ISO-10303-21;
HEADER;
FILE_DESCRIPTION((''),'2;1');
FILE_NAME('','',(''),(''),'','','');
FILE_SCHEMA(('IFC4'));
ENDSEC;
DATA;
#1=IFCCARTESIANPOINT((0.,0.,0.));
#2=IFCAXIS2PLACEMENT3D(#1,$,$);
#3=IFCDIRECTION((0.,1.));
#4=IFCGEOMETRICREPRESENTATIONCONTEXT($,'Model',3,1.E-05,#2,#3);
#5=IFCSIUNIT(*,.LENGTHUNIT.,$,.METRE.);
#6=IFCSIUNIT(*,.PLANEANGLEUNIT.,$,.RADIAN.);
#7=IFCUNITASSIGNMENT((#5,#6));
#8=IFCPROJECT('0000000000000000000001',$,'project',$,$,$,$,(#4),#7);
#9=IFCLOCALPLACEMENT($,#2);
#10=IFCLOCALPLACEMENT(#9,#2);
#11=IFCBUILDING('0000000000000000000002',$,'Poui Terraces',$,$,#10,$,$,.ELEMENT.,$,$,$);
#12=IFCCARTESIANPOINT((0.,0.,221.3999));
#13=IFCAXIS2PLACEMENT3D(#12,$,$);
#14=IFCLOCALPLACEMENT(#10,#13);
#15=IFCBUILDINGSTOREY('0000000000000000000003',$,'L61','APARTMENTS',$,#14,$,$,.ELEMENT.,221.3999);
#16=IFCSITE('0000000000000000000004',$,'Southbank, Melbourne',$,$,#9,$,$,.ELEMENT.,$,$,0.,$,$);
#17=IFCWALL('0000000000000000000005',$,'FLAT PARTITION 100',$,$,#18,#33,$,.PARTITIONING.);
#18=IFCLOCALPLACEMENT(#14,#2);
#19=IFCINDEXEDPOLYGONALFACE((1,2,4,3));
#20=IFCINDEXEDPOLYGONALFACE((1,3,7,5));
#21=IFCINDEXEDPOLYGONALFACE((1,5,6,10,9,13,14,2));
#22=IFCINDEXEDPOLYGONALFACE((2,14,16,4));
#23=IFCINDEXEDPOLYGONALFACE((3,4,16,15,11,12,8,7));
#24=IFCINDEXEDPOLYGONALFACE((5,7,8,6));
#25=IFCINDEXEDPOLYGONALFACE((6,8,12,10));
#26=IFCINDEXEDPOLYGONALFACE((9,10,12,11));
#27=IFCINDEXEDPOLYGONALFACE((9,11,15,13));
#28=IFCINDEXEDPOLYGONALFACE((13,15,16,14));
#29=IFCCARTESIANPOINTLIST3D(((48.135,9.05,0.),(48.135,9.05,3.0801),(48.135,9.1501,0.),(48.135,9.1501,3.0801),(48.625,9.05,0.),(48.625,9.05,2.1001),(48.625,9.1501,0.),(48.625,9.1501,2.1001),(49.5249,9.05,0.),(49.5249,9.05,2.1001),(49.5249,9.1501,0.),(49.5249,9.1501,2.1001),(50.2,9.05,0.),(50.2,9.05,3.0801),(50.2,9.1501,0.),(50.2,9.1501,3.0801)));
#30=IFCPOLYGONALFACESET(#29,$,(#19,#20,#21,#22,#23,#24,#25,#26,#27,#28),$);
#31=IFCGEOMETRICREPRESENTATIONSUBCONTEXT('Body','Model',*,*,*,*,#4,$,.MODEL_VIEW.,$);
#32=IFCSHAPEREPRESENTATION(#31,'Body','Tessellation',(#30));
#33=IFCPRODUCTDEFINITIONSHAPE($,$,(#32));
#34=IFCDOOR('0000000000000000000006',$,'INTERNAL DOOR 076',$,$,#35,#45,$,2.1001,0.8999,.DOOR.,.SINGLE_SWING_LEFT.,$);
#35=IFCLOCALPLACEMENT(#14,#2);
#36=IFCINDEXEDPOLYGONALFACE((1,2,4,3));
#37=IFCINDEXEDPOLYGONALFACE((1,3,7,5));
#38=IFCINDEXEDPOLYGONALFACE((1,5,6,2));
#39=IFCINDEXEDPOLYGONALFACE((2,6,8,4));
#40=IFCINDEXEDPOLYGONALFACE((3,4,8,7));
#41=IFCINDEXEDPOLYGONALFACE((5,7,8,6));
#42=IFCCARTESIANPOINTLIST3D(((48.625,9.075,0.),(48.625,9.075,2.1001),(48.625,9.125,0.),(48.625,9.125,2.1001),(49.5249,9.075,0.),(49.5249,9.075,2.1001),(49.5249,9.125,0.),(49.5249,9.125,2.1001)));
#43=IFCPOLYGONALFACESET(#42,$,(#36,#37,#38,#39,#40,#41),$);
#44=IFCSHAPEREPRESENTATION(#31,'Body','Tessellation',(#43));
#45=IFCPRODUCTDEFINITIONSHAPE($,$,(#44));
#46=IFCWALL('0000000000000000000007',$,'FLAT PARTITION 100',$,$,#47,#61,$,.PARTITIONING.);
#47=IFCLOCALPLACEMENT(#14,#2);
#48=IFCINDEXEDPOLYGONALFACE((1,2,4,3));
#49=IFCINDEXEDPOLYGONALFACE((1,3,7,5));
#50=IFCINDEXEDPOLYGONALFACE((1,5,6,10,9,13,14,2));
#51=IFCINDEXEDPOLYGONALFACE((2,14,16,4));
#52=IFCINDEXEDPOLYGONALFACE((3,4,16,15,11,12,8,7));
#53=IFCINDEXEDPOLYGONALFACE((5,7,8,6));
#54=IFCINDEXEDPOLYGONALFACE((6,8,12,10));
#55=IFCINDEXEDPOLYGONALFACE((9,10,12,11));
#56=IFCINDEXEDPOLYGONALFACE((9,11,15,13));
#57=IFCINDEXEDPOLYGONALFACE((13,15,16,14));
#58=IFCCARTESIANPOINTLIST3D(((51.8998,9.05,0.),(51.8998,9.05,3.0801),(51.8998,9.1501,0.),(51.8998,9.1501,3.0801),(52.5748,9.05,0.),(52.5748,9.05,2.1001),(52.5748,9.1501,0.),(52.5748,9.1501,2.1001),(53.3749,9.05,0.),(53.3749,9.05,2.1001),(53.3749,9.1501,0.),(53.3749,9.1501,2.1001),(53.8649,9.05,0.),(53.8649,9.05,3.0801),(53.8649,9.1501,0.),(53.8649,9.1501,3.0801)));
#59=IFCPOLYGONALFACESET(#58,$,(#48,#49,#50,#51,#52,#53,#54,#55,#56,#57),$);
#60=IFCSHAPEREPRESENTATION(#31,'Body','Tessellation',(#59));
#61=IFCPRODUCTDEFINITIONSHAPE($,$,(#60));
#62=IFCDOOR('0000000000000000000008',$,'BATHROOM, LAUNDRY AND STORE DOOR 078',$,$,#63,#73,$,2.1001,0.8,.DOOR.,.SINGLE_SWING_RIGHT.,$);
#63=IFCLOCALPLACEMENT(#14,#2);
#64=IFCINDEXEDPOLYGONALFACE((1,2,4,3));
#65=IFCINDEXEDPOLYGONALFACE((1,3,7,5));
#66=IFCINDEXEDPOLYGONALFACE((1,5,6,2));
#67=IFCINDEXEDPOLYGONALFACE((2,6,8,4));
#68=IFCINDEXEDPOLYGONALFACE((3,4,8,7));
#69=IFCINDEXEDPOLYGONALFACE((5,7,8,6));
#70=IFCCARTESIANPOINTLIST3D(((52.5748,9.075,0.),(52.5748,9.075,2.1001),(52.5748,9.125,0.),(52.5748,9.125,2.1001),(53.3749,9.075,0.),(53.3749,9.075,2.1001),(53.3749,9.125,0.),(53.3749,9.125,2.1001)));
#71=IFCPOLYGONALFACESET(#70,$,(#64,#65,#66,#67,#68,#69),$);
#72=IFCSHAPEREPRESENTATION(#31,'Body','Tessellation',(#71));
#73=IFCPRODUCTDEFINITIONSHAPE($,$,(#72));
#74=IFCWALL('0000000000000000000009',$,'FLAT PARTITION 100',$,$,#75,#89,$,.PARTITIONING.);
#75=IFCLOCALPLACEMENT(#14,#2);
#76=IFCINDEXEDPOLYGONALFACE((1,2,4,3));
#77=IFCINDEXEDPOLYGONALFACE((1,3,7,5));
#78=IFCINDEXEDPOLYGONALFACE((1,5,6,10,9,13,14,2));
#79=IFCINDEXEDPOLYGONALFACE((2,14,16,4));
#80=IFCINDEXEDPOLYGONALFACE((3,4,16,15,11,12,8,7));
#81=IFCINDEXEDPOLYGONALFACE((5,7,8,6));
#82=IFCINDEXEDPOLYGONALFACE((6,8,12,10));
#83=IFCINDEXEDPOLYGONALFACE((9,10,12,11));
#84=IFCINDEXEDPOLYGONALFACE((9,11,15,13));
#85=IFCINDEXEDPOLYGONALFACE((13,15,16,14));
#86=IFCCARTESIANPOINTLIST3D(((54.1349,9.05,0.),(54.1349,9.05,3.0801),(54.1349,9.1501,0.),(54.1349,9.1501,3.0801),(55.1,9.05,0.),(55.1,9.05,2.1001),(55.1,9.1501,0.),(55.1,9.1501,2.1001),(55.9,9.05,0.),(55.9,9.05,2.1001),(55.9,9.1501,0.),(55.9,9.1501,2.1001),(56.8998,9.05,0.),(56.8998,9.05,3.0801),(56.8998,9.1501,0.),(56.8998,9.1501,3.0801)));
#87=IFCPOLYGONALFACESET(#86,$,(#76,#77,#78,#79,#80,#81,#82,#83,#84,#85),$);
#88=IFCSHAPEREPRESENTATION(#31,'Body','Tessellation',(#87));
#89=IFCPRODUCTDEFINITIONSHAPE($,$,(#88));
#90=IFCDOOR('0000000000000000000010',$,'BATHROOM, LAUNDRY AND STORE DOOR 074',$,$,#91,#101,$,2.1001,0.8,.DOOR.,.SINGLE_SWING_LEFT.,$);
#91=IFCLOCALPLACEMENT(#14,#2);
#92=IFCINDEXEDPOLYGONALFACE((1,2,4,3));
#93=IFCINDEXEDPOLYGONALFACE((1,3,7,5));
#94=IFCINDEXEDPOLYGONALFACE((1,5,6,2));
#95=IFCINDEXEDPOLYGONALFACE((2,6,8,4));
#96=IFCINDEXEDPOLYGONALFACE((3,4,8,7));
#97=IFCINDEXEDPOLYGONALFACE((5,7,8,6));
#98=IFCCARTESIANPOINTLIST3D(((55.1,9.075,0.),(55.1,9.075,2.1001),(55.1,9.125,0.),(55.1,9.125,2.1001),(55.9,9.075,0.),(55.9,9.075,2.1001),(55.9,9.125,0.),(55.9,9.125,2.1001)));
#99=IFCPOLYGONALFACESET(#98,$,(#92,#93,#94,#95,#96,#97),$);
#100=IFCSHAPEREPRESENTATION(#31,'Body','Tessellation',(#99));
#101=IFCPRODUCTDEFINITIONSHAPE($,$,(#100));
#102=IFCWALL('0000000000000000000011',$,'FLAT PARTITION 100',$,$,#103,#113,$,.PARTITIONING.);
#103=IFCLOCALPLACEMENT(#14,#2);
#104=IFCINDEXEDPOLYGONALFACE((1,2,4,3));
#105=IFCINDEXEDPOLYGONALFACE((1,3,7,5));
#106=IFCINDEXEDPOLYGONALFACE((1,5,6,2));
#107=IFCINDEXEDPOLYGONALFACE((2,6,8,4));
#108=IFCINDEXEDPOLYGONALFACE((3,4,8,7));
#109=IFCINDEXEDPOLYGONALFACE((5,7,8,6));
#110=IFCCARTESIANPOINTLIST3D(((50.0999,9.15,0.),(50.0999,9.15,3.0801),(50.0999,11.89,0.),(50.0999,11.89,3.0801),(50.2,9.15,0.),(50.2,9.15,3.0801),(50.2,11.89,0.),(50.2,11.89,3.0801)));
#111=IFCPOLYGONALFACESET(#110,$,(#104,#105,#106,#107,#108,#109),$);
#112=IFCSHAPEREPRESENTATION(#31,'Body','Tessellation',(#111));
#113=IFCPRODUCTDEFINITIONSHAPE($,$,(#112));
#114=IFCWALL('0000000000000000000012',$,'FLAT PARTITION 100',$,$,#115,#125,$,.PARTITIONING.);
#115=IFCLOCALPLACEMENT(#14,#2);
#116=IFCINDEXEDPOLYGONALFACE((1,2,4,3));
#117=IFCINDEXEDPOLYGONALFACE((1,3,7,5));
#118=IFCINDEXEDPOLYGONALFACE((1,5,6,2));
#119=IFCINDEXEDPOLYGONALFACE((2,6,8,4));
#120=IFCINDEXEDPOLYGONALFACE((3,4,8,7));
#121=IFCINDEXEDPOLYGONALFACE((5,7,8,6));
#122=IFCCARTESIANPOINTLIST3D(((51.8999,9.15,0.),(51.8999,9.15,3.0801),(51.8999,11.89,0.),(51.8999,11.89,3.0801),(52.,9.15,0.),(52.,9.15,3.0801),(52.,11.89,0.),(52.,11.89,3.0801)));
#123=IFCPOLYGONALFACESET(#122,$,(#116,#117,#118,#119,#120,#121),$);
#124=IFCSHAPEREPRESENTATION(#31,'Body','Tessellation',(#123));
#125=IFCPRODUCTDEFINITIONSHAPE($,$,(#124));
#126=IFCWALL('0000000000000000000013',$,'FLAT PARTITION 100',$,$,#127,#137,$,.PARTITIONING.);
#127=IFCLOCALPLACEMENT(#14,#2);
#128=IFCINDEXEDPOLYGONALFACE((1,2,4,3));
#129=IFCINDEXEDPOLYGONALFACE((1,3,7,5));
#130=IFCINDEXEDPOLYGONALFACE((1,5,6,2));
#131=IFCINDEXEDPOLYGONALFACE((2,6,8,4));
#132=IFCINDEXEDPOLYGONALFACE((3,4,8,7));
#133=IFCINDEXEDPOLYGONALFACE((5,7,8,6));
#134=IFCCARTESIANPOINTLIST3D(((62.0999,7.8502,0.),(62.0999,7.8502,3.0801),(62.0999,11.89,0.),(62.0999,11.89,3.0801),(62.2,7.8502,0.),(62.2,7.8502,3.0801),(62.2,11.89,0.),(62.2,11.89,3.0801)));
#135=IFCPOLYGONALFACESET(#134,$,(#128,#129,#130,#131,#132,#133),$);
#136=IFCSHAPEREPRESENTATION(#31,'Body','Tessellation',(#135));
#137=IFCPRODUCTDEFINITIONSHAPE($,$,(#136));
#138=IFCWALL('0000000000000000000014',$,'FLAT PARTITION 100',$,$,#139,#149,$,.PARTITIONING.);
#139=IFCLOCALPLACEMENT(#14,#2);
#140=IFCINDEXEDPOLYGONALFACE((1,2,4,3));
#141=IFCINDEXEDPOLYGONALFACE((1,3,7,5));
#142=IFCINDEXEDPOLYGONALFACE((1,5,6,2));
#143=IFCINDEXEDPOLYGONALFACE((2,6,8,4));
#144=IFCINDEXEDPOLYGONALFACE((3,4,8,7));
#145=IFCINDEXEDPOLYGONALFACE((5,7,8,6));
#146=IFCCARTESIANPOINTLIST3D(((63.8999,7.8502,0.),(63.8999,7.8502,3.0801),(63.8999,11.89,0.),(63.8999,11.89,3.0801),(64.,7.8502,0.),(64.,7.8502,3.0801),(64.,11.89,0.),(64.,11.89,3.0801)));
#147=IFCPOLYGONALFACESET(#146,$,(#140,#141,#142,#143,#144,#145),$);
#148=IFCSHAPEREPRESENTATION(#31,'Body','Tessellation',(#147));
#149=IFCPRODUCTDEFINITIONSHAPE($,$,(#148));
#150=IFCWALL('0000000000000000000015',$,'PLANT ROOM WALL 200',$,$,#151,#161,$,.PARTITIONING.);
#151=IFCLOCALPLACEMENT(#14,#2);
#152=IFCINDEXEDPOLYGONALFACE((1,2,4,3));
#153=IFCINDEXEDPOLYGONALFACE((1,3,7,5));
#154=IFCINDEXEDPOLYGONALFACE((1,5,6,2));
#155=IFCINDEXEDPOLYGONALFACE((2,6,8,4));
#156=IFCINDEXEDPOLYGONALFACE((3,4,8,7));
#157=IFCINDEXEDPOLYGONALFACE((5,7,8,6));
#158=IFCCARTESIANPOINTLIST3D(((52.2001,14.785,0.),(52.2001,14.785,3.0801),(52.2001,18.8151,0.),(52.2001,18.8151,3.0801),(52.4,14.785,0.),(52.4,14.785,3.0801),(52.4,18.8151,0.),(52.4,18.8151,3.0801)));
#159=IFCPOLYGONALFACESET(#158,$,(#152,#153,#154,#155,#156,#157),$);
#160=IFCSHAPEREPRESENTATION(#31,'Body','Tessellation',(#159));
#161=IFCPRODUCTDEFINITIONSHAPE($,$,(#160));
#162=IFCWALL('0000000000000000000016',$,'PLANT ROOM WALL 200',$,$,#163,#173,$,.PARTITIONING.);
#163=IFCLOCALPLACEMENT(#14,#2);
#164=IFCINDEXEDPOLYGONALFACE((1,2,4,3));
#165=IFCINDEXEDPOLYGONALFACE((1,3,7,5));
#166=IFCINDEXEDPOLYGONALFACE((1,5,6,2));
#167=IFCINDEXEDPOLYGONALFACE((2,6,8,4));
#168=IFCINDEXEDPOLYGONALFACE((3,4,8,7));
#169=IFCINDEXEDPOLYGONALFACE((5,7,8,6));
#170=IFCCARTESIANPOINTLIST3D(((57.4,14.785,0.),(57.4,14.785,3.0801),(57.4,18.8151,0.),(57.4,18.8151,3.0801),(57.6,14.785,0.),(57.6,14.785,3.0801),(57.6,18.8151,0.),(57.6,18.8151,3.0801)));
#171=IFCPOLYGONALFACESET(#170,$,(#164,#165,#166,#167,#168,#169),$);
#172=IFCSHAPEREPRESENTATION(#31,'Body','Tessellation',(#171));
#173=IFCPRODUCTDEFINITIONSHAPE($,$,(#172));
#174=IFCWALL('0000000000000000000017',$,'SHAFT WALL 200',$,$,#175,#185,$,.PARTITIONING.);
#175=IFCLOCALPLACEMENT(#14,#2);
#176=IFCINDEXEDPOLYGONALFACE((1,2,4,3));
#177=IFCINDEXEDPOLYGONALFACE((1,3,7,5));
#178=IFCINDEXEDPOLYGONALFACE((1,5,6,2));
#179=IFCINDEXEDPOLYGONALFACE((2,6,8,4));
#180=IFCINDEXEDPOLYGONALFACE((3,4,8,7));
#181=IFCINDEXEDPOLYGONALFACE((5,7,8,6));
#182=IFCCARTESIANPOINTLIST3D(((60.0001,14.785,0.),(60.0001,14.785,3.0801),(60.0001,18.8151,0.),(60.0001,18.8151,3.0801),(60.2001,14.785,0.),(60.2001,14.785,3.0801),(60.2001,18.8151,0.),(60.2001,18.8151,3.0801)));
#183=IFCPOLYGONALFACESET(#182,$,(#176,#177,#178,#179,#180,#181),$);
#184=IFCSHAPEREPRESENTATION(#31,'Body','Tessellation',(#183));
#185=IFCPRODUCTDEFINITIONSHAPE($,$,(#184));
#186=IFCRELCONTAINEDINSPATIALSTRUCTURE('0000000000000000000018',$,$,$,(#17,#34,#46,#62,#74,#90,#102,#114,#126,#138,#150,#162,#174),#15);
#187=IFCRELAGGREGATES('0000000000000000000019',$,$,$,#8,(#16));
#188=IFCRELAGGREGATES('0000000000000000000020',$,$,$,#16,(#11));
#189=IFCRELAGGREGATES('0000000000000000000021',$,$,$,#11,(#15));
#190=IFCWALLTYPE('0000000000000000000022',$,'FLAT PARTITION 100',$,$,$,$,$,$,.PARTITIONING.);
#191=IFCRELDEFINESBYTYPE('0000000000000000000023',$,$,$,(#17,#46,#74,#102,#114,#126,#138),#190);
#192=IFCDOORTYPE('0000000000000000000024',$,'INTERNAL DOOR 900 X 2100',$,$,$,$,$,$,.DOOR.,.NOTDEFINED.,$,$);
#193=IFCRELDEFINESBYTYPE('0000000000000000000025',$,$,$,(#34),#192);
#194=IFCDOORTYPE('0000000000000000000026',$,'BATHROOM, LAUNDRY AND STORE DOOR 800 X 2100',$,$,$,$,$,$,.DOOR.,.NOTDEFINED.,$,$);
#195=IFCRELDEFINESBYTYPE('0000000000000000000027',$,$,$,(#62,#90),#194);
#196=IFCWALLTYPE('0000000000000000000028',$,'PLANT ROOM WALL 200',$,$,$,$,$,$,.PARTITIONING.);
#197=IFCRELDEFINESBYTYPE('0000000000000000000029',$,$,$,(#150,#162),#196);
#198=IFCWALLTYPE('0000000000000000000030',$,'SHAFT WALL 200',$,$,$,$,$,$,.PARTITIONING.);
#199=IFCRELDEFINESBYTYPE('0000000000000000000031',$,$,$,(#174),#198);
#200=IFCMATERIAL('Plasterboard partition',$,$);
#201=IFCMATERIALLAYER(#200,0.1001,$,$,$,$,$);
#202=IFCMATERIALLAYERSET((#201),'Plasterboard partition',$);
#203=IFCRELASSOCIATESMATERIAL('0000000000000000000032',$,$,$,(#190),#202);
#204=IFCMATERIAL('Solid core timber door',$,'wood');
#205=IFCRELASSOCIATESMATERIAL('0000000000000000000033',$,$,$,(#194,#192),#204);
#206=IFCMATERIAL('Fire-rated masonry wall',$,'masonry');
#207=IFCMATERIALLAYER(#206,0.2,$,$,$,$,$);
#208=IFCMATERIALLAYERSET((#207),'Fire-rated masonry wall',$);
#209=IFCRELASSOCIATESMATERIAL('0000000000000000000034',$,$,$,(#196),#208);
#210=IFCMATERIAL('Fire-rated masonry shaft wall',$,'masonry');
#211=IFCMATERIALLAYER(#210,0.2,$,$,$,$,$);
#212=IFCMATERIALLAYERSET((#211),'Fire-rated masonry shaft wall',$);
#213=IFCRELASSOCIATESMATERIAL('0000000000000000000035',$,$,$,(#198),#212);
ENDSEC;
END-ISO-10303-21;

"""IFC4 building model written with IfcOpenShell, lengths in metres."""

from ifc_helpers import new_model, si_unit, direction, frame, frame_2d, origin, place, context, subcontext, project, spatial, rectangle, extrude, material, layer, layer_set, type_object, element, fill, save


model = new_model("IFC4")

# Units and contexts
model_context = context("Model", 3, precision=1e-05, world=origin(), true_north=direction((0.0, 1.0)))
body_context = subcontext(model_context, "Body", "Model", "MODEL_VIEW")
ifc_project = project(units=[si_unit("LENGTHUNIT", "METRE"), si_unit("PLANEANGLEUNIT", "RADIAN")], contexts=[model_context])

# Site, building, storey
site_placement = place(None, origin())
site = spatial("IfcSite", under=ifc_project, at=site_placement, Name="Southbank, Melbourne", CompositionType="ELEMENT", RefElevation=0.0)
building_placement = place(site_placement, origin())
building = spatial("IfcBuilding", under=site, at=building_placement, Name="Poui Terraces", CompositionType="ELEMENT")
storey_placement = place(building_placement, frame((0.0, 0.0, 221.3999)))
storey = spatial("IfcBuildingStorey", under=building, at=storey_placement, Name="L61", Description="APARTMENTS", CompositionType="ELEMENT", Elevation=221.3999)

# Walls, openings, doors
ifc_material_1 = material(Name="Plasterboard partition")
ifc_layer_1 = layer(ifc_material_1, 0.1001)
ifc_layer_set_1 = layer_set([ifc_layer_1], Name="Plasterboard partition")
wall_type_1 = type_object("IfcWallType", Name="FLAT PARTITION 100", PredefinedType="PARTITIONING", material=ifc_layer_set_1)
ifc_material_2 = material(Name="Solid core timber door", Category="wood")
door_type_1 = type_object("IfcDoorType", Name="BATHROOM, LAUNDRY AND STORE DOOR 800 X 2100", OperationType="NOTDEFINED", PredefinedType="DOOR", material=ifc_material_2)
wall_1_placement = place(storey_placement, frame((48.135, 9.1001, 0.0), z_axis=(0.0, 0.0, 1.0), x_axis=(1.0, 0.0, 0.0)))
wall_1 = element("IfcWall", 1, at=wall_1_placement, inside=storey, type_object=wall_type_1, Name="FLAT PARTITION 100", PredefinedType="PARTITIONING", context=body_context, shape_type="SweptSolid", body=[
    extrude(rectangle(XDim=2.0649, YDim=0.1001, at=frame_2d((1.0325, 0.0))), origin(), (0.0, 0.0, 1.0), 3.0801),
])
opening_1_placement = place(wall_1_placement, frame((0.49, 0.0, 0.0)))
opening_1 = element("IfcOpeningElement", 2, at=opening_1_placement, cuts=wall_1, PredefinedType="OPENING", context=body_context, shape_type="SweptSolid", body=[
    extrude(rectangle(XDim=0.8999, YDim=2.1001, at=frame_2d((0.45, 1.05))), frame((0.0, 0.0601, 0.0), z_axis=(0.0, -1.0, 0.0), x_axis=(1.0, 0.0, 0.0)), (0.0, 0.0, 1.0), 0.1201),
])
door_type_2 = type_object("IfcDoorType", Name="INTERNAL DOOR 900 X 2100", OperationType="NOTDEFINED", PredefinedType="DOOR", material=ifc_material_2)
door_1_placement = place(opening_1_placement, origin())
door_1 = element("IfcDoor", 3, at=door_1_placement, inside=storey, type_object=door_type_2, Name="INTERNAL DOOR 076", OperationType="SINGLE_SWING_LEFT", OverallHeight=2.1001, OverallWidth=0.8999, PredefinedType="DOOR", context=body_context, shape_type="SweptSolid", body=[
    extrude(rectangle(XDim=0.8999, YDim=2.1001, at=frame_2d((0.45, 1.05))), frame((0.0, 0.0249, 0.0), z_axis=(0.0, -1.0, 0.0), x_axis=(1.0, 0.0, 0.0)), (0.0, 0.0, 1.0), 0.05),
])
fill(opening_1, door_1)
wall_2_placement = place(storey_placement, frame((51.8999, 9.1001, 0.0), z_axis=(0.0, 0.0, 1.0), x_axis=(1.0, 0.0, 0.0)))
wall_2 = element("IfcWall", 4, at=wall_2_placement, inside=storey, type_object=wall_type_1, Name="FLAT PARTITION 100", PredefinedType="PARTITIONING", context=body_context, shape_type="SweptSolid", body=[
    extrude(rectangle(XDim=1.9651, YDim=0.1001, at=frame_2d((0.9824, 0.0))), origin(), (0.0, 0.0, 1.0), 3.0801),
])
opening_2_placement = place(wall_2_placement, frame((0.675, 0.0, 0.0)))
opening_2 = element("IfcOpeningElement", 5, at=opening_2_placement, cuts=wall_2, PredefinedType="OPENING", context=body_context, shape_type="SweptSolid", body=[
    extrude(rectangle(XDim=0.8, YDim=2.1001, at=frame_2d((0.3999, 1.05))), frame((0.0, 0.0601, 0.0), z_axis=(0.0, -1.0, 0.0), x_axis=(1.0, 0.0, 0.0)), (0.0, 0.0, 1.0), 0.1201),
])
door_2_placement = place(opening_2_placement, origin())
door_2 = element("IfcDoor", 6, at=door_2_placement, inside=storey, type_object=door_type_1, Name="BATHROOM, LAUNDRY AND STORE DOOR 078", OperationType="SINGLE_SWING_RIGHT", OverallHeight=2.1001, OverallWidth=0.8, PredefinedType="DOOR", context=body_context, shape_type="SweptSolid", body=[
    extrude(rectangle(XDim=0.8, YDim=2.1001, at=frame_2d((0.3999, 1.05))), frame((0.0, 0.0249, 0.0), z_axis=(0.0, -1.0, 0.0), x_axis=(1.0, 0.0, 0.0)), (0.0, 0.0, 1.0), 0.05),
])
fill(opening_2, door_2)
wall_3_placement = place(storey_placement, frame((54.135, 9.1001, 0.0), z_axis=(0.0, 0.0, 1.0), x_axis=(1.0, 0.0, 0.0)))
wall_3 = element("IfcWall", 7, at=wall_3_placement, inside=storey, type_object=wall_type_1, Name="FLAT PARTITION 100", PredefinedType="PARTITIONING", context=body_context, shape_type="SweptSolid", body=[
    extrude(rectangle(XDim=2.7649, YDim=0.1001, at=frame_2d((1.3823, 0.0))), origin(), (0.0, 0.0, 1.0), 3.0801),
])
opening_3_placement = place(wall_3_placement, frame((0.9651, 0.0, 0.0)))
opening_3 = element("IfcOpeningElement", 8, at=opening_3_placement, cuts=wall_3, PredefinedType="OPENING", context=body_context, shape_type="SweptSolid", body=[
    extrude(rectangle(XDim=0.8, YDim=2.1001, at=frame_2d((0.3999, 1.05))), frame((0.0, 0.0601, 0.0), z_axis=(0.0, -1.0, 0.0), x_axis=(1.0, 0.0, 0.0)), (0.0, 0.0, 1.0), 0.1201),
])
door_3_placement = place(opening_3_placement, origin())
door_3 = element("IfcDoor", 9, at=door_3_placement, inside=storey, type_object=door_type_1, Name="BATHROOM, LAUNDRY AND STORE DOOR 074", OperationType="SINGLE_SWING_LEFT", OverallHeight=2.1001, OverallWidth=0.8, PredefinedType="DOOR", context=body_context, shape_type="SweptSolid", body=[
    extrude(rectangle(XDim=0.8, YDim=2.1001, at=frame_2d((0.3999, 1.05))), frame((0.0, 0.0249, 0.0), z_axis=(0.0, -1.0, 0.0), x_axis=(1.0, 0.0, 0.0)), (0.0, 0.0, 1.0), 0.05),
])
fill(opening_3, door_3)

# Walls
for number, where, z_axis, x_axis, name in (
    (10, (50.1499, 9.1499, 0.0), (0.0, 0.0, 1.0), (0.0, 1.0, 0.0), "FLAT PARTITION 100"),
    (11, (51.95, 9.1499, 0.0), (0.0, 0.0, 1.0), (0.0, 1.0, 0.0), "FLAT PARTITION 100"),
):
    element("IfcWall", number, at=place(storey_placement, frame(where, z_axis=z_axis, x_axis=x_axis)), inside=storey, type_object=wall_type_1, Name=name, PredefinedType="PARTITIONING", context=body_context, shape_type="SweptSolid", body=[
        extrude(rectangle(XDim=2.74, YDim=0.1001, at=frame_2d((1.3701, 0.0))), origin(), (0.0, 0.0, 1.0), 3.0801),
    ])
for number, where, z_axis, x_axis, name in (
    (12, (62.1499, 7.8501, 0.0), (0.0, 0.0, 1.0), (0.0, 1.0, 0.0), "FLAT PARTITION 100"),
    (13, (63.95, 7.8501, 0.0), (0.0, 0.0, 1.0), (0.0, 1.0, 0.0), "FLAT PARTITION 100"),
):
    element("IfcWall", number, at=place(storey_placement, frame(where, z_axis=z_axis, x_axis=x_axis)), inside=storey, type_object=wall_type_1, Name=name, PredefinedType="PARTITIONING", context=body_context, shape_type="SweptSolid", body=[
        extrude(rectangle(XDim=4.0398, YDim=0.1001, at=frame_2d((2.02, 0.0))), origin(), (0.0, 0.0, 1.0), 3.0801),
    ])
ifc_material_3 = material(Name="Fire-rated masonry wall", Category="masonry")
ifc_layer_2 = layer(ifc_material_3, 0.2)
ifc_layer_set_2 = layer_set([ifc_layer_2], Name="Fire-rated masonry wall")
wall_type_2 = type_object("IfcWallType", Name="PLANT ROOM WALL 200", PredefinedType="PARTITIONING", material=ifc_layer_set_2)
for number, where, z_axis, x_axis, name in (
    (14, (52.3, 14.7849, 0.0), (0.0, 0.0, 1.0), (0.0, 1.0, 0.0), "PLANT ROOM WALL 200"),
    (15, (57.5, 14.7849, 0.0), (0.0, 0.0, 1.0), (0.0, 1.0, 0.0), "PLANT ROOM WALL 200"),
):
    element("IfcWall", number, at=place(storey_placement, frame(where, z_axis=z_axis, x_axis=x_axis)), inside=storey, type_object=wall_type_2, Name=name, PredefinedType="PARTITIONING", context=body_context, shape_type="SweptSolid", body=[
        extrude(rectangle(XDim=4.03, YDim=0.2, at=frame_2d((2.0151, 0.0))), origin(), (0.0, 0.0, 1.0), 3.0801),
    ])
ifc_material_4 = material(Name="Fire-rated masonry shaft wall", Category="masonry")
ifc_layer_3 = layer(ifc_material_4, 0.2)
ifc_layer_set_3 = layer_set([ifc_layer_3], Name="Fire-rated masonry shaft wall")
wall_type_3 = type_object("IfcWallType", Name="SHAFT WALL 200", PredefinedType="PARTITIONING", material=ifc_layer_set_3)
wall_4_placement = place(storey_placement, frame((60.1001, 14.7849, 0.0), z_axis=(0.0, 0.0, 1.0), x_axis=(0.0, 1.0, 0.0)))
element("IfcWall", 16, at=wall_4_placement, inside=storey, type_object=wall_type_3, Name="SHAFT WALL 200", PredefinedType="PARTITIONING", context=body_context, shape_type="SweptSolid", body=[
    extrude(rectangle(XDim=4.03, YDim=0.2, at=frame_2d((2.0151, 0.0))), origin(), (0.0, 0.0, 1.0), 3.0801),
])

save(model, "model.ifc")
